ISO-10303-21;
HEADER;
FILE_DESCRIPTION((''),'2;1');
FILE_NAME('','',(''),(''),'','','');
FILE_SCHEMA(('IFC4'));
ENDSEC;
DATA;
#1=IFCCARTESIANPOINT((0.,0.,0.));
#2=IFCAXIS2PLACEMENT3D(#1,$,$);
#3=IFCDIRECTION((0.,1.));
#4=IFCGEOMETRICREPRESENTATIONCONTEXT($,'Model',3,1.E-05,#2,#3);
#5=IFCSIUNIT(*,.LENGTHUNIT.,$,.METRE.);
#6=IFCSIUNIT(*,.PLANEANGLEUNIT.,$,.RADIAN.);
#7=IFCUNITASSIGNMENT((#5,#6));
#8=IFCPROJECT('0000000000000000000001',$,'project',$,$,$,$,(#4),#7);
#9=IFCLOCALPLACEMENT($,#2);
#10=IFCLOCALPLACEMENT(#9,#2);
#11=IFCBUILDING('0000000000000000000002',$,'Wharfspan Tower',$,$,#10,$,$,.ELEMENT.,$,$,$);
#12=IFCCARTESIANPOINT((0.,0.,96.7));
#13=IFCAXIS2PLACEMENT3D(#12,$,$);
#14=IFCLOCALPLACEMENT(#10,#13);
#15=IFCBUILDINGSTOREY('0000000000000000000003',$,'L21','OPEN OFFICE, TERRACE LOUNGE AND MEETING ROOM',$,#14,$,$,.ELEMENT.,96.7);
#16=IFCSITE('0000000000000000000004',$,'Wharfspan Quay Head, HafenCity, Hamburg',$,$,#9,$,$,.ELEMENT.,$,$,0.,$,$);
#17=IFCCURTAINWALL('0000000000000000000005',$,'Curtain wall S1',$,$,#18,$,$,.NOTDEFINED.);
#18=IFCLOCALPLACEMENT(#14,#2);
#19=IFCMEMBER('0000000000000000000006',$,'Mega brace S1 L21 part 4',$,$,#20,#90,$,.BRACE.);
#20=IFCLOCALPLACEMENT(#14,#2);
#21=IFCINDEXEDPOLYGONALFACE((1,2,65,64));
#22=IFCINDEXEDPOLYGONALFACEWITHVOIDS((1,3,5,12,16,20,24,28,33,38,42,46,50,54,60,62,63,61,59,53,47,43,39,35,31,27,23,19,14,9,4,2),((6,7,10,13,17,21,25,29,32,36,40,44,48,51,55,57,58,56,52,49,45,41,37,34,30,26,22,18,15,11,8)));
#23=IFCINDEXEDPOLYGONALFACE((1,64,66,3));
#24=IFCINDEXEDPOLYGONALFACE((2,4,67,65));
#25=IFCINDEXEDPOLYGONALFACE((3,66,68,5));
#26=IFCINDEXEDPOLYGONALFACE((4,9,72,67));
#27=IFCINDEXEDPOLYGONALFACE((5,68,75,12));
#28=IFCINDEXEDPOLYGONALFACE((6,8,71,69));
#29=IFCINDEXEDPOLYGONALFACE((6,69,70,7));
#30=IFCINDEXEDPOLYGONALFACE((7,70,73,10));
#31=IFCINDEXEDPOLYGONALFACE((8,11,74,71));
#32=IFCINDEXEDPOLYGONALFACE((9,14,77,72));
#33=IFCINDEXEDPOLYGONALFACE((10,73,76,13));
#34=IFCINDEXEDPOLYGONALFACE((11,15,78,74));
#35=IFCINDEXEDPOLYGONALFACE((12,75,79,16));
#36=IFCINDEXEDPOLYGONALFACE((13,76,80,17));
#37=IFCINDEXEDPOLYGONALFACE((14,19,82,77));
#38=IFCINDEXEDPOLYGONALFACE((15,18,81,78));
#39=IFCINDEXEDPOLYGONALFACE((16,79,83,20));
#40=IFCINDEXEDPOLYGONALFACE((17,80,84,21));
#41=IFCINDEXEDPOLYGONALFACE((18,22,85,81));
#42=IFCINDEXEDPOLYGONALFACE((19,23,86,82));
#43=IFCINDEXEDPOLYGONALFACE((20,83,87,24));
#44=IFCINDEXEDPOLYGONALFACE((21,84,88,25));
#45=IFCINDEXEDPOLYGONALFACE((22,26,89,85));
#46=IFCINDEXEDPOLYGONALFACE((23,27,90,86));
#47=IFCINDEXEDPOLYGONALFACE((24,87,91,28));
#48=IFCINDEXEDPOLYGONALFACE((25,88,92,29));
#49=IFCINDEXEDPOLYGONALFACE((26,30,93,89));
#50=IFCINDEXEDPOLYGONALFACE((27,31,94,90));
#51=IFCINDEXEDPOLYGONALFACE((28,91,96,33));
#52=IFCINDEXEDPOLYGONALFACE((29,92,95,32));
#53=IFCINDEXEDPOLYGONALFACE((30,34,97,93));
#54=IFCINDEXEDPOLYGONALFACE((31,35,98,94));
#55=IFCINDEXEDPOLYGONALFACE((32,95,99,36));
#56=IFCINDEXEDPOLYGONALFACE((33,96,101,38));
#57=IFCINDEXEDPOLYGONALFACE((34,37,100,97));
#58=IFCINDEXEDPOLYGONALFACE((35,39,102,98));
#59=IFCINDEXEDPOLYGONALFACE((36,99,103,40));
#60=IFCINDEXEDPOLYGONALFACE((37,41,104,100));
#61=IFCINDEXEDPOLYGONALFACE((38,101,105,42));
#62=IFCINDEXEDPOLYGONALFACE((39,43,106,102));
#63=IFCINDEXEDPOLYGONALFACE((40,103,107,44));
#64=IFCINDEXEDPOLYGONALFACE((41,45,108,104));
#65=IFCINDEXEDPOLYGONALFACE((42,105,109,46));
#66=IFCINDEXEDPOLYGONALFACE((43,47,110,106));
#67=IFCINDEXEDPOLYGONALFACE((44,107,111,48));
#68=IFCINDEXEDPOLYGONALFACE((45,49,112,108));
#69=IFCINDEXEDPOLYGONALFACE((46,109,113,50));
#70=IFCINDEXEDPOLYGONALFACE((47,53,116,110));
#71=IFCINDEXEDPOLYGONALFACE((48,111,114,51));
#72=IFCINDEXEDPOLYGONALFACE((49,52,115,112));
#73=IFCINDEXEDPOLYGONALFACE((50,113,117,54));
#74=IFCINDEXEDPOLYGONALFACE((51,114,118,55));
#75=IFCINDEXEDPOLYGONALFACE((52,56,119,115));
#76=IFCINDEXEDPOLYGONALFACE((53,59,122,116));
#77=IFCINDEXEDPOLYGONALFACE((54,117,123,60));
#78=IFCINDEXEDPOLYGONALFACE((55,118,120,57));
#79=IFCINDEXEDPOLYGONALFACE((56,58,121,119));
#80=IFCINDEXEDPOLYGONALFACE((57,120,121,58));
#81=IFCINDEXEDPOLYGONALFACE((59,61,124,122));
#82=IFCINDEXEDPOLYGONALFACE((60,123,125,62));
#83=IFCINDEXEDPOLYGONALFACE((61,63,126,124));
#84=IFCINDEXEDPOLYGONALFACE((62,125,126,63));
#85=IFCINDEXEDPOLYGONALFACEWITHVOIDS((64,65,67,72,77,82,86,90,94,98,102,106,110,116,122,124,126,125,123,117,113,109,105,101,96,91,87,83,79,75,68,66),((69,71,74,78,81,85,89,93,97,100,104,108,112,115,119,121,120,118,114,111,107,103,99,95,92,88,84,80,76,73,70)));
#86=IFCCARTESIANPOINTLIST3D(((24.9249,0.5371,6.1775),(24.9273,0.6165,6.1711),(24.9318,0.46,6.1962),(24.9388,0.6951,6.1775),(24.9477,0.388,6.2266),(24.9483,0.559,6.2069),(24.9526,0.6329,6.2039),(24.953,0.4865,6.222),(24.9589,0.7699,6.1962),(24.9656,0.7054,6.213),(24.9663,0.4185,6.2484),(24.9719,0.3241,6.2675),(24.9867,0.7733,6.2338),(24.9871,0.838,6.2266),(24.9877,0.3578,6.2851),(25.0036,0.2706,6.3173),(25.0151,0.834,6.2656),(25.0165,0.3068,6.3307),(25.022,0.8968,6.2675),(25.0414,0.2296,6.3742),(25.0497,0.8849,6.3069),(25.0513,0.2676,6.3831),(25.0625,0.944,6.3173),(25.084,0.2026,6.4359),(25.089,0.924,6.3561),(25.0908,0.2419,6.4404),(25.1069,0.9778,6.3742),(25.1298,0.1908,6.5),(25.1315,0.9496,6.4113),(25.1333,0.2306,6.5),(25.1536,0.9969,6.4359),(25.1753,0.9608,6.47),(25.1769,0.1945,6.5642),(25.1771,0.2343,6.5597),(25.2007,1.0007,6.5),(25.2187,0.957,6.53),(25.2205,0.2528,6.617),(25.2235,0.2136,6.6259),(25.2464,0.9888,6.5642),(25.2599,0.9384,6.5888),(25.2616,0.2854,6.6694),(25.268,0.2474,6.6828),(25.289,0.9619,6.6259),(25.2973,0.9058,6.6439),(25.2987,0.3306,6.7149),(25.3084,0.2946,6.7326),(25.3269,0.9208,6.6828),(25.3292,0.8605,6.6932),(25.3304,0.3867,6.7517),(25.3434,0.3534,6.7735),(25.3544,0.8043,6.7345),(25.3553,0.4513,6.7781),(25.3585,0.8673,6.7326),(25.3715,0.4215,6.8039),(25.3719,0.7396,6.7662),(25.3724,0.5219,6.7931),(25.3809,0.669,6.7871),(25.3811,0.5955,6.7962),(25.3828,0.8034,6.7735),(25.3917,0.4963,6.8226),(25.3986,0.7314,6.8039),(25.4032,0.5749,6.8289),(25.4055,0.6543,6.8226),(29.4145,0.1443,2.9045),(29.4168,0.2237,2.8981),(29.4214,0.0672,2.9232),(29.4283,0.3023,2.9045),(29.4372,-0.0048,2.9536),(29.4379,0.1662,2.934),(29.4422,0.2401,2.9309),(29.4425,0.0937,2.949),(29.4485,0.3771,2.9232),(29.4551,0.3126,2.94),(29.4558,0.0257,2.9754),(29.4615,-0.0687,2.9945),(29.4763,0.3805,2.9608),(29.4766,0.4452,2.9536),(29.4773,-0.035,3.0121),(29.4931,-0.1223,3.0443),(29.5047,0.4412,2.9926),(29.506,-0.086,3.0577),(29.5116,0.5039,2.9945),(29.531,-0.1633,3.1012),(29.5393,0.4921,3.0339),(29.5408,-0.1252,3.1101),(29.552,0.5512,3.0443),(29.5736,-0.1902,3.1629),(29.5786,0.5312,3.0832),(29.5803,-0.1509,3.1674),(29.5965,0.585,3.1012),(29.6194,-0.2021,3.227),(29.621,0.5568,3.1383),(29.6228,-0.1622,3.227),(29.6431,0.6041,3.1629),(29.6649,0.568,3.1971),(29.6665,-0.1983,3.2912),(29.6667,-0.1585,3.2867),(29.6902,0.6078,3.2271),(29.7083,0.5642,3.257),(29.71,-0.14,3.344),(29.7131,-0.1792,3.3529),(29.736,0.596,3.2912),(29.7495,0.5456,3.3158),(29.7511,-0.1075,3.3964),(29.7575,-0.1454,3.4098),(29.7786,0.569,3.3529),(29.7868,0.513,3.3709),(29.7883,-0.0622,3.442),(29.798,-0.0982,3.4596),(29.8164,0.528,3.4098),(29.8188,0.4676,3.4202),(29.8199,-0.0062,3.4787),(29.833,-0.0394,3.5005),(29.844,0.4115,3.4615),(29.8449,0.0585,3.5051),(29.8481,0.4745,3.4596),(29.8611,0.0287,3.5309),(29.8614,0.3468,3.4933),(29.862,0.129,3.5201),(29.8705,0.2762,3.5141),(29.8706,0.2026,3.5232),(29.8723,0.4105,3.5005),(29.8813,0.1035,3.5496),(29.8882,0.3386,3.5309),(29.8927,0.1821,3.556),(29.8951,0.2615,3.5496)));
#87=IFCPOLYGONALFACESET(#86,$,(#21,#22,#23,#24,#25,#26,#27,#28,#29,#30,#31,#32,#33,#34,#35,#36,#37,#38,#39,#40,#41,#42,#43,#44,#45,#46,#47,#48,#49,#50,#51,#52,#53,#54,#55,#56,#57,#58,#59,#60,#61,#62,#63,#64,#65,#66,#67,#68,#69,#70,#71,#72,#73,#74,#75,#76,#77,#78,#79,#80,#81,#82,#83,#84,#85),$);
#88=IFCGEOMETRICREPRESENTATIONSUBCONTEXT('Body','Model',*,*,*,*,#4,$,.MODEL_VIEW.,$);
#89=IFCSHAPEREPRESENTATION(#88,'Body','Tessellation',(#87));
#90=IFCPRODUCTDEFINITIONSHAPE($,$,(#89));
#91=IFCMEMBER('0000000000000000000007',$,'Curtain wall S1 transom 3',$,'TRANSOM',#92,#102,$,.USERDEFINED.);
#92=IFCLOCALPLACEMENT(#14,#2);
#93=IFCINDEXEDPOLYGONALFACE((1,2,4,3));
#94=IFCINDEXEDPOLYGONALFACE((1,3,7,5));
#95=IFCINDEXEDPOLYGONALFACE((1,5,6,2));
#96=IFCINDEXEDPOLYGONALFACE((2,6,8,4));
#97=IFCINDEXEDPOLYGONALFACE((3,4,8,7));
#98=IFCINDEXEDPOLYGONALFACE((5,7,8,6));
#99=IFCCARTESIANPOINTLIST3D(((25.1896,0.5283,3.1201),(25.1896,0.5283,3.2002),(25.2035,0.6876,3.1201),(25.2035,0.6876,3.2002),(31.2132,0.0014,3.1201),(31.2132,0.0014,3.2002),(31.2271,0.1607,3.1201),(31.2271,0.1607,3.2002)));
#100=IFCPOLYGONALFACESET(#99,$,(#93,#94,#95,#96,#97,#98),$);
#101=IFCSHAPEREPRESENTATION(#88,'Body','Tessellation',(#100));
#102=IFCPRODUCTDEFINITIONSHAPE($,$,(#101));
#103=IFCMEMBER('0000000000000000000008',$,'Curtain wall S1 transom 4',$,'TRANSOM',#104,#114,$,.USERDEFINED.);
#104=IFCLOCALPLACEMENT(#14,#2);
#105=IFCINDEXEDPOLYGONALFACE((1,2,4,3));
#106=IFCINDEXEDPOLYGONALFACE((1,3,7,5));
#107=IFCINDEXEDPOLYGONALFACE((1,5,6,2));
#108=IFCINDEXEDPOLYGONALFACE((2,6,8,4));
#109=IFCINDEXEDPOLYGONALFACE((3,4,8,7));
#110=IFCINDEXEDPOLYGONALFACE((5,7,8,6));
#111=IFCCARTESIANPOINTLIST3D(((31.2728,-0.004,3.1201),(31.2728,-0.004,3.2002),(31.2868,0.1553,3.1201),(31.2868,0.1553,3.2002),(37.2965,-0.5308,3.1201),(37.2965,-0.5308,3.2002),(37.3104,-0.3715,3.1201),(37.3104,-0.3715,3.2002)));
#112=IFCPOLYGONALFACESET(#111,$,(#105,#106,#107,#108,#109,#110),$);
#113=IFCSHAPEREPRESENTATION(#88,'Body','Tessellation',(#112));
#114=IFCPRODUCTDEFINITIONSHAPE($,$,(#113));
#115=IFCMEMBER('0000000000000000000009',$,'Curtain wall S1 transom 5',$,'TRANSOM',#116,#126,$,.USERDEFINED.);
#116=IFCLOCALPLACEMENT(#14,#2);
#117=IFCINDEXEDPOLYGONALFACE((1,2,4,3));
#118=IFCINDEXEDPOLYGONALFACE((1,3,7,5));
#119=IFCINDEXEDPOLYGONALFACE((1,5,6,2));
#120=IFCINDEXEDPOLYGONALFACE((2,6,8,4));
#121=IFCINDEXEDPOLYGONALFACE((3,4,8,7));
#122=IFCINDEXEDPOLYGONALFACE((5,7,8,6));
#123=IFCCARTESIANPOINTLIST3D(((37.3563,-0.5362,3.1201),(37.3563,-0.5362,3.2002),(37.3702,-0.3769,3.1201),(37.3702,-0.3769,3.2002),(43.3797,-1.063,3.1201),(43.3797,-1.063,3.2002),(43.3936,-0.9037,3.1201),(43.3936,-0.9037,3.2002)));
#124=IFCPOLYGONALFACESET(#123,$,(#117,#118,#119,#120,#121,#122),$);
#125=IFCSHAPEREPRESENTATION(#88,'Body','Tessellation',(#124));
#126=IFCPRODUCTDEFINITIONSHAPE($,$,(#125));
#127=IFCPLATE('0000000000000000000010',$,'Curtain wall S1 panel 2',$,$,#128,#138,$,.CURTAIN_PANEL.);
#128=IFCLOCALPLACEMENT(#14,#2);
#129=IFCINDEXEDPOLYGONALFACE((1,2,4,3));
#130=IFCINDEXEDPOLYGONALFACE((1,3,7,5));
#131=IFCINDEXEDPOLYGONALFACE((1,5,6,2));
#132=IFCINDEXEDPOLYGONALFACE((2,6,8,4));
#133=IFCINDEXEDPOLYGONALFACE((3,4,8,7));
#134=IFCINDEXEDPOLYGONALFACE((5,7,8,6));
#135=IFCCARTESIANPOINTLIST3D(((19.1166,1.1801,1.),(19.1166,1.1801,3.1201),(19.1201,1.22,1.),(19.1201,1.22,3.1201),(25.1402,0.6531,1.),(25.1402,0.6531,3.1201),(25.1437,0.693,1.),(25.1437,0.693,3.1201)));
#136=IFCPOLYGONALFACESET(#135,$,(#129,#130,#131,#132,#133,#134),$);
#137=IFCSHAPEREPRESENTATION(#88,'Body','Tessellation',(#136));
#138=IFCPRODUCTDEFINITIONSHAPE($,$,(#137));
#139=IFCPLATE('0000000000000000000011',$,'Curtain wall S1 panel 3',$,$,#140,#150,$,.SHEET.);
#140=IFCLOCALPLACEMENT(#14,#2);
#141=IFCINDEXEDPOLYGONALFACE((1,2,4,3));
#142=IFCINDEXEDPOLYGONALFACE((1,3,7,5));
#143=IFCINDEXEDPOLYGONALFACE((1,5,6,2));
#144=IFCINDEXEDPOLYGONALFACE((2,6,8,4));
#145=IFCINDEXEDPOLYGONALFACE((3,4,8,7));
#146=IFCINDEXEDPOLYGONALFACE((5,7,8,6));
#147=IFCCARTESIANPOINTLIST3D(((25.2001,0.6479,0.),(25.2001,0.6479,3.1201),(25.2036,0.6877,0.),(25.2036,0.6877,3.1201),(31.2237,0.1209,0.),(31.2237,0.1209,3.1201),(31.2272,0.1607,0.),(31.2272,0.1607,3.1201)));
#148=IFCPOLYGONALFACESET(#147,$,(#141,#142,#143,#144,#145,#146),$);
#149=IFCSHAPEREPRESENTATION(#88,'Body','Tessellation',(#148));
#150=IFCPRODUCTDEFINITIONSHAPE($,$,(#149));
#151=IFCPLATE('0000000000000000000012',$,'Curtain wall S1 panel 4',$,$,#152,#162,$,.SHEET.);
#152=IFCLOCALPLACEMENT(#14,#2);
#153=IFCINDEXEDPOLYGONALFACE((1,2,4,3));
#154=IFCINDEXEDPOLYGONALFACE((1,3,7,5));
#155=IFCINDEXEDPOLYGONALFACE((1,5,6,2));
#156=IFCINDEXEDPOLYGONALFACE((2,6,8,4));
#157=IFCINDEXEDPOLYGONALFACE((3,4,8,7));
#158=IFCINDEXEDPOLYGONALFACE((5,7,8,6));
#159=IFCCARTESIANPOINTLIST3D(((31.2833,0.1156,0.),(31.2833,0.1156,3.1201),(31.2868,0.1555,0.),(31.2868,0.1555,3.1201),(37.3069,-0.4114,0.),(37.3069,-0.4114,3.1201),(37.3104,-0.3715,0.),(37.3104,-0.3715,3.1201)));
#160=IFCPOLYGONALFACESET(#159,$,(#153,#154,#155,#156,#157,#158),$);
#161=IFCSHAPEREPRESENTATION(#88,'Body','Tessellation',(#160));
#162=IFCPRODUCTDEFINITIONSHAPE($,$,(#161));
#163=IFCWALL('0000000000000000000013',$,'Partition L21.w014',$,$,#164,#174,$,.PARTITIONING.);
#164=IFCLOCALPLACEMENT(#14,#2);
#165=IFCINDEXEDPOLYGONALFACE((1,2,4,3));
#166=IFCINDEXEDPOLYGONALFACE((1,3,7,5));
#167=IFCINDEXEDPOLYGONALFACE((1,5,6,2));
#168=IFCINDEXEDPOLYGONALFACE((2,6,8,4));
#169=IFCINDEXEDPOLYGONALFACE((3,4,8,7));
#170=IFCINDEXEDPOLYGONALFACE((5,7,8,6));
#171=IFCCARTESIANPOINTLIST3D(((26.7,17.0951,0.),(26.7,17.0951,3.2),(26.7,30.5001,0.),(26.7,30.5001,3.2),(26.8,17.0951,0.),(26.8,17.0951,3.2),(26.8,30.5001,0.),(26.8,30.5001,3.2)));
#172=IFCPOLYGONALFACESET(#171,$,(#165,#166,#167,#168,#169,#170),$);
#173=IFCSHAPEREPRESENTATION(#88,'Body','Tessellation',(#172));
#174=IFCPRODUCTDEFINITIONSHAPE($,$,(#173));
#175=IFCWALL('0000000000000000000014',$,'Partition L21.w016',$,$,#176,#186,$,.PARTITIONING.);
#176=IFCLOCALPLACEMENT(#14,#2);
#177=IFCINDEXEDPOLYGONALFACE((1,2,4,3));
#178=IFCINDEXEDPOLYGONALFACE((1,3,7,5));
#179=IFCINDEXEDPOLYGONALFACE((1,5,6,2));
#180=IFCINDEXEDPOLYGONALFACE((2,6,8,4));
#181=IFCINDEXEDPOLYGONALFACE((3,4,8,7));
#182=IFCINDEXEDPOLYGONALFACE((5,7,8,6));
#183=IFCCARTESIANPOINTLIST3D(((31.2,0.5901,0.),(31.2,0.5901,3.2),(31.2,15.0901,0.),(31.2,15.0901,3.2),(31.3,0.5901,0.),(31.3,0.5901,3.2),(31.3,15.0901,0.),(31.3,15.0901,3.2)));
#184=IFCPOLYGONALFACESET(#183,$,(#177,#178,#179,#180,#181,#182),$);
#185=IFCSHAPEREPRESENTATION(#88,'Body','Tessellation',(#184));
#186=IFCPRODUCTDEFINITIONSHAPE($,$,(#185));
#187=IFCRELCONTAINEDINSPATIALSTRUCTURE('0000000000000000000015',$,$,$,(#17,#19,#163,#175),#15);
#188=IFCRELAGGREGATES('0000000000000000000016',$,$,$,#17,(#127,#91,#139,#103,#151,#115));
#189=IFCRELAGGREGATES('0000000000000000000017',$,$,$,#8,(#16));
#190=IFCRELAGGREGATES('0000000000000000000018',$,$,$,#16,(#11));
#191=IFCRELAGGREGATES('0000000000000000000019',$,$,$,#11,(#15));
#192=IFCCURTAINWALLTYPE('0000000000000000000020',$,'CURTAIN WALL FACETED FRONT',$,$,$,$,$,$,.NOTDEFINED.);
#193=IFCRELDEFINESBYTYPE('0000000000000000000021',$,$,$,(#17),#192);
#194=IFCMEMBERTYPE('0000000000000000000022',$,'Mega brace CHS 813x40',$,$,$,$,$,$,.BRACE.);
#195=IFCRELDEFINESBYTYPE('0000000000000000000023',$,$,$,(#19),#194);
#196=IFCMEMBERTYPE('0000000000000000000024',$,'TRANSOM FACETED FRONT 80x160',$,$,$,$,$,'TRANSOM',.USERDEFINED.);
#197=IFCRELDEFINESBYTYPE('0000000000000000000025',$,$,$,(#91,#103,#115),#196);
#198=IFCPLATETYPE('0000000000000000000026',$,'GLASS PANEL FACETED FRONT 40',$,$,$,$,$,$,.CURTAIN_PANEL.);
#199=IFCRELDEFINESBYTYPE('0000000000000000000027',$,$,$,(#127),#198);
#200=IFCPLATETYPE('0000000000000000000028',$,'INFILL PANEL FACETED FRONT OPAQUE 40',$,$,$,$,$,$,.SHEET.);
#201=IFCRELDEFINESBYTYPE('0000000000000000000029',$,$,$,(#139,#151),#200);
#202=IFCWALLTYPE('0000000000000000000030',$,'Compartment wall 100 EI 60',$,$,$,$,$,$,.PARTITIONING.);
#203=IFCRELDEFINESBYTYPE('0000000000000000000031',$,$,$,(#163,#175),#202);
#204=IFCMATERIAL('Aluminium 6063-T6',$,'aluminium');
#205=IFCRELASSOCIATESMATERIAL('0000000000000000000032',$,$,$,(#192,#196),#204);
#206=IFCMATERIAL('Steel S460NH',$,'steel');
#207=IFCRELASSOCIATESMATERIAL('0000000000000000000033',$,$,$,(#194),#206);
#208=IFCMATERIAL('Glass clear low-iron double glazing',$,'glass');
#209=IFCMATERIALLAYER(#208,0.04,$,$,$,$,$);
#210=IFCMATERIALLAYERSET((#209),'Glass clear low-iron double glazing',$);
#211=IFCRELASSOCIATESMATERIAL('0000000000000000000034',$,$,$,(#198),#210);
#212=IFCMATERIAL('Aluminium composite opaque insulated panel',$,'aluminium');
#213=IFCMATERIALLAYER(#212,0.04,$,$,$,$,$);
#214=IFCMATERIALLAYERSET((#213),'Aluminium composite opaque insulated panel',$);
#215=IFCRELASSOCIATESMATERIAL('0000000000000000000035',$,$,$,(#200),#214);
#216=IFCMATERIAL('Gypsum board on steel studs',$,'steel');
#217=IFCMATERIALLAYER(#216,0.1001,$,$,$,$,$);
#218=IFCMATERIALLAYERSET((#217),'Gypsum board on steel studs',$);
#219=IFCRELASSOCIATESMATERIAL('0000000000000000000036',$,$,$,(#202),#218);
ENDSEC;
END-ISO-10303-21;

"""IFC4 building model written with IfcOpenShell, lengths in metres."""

from ifc_helpers import new_model, si_unit, direction, frame, frame_2d, origin, origin_2d, place, context, subcontext, project, spatial, rectangle, hollow_circle, extrude, material, layer, layer_set, material_profile, profile_set, type_object, element, aggregate, save


model = new_model("IFC4")

# Units and contexts
model_context = context("Model", 3, precision=1e-05, world=origin(), true_north=direction((0.0, 1.0)))
body_context = subcontext(model_context, "Body", "Model", "MODEL_VIEW")
ifc_project = project(units=[si_unit("LENGTHUNIT", "METRE"), si_unit("PLANEANGLEUNIT", "RADIAN")], contexts=[model_context])

# Site, building, storey
site_placement = place(None, origin())
site = spatial("IfcSite", under=ifc_project, at=site_placement, Name="Wharfspan Quay Head, HafenCity, Hamburg", CompositionType="ELEMENT", RefElevation=0.0)
building_placement = place(site_placement, origin())
building = spatial("IfcBuilding", under=site, at=building_placement, Name="Wharfspan Tower", CompositionType="ELEMENT")
storey_placement = place(building_placement, frame((0.0, 0.0, 96.7)))
storey = spatial("IfcBuildingStorey", under=building, at=storey_placement, Name="L21", Description="OPEN OFFICE, TERRACE LOUNGE AND MEETING ROOM", CompositionType="ELEMENT", Elevation=96.7)

# Shared definitions
ifc_material_1 = material(Name="Steel S460NH", Category="steel")

# Curtain wall
ifc_material_2 = material(Name="Aluminium 6063-T6", Category="aluminium")
curtain_wall_type = type_object("IfcCurtainWallType", Name="CURTAIN WALL FACETED FRONT", PredefinedType="NOTDEFINED", material=ifc_material_2)
curtain_wall_placement = place(storey_placement, origin())
curtain_wall = element("IfcCurtainWall", 1, at=curtain_wall_placement, inside=storey, type_object=curtain_wall_type, Name="Curtain wall S1", PredefinedType="NOTDEFINED")

# Member
ifc_material_profile_1 = material_profile(ifc_material_1, hollow_circle(Radius=0.4065, WallThickness=0.04, at=origin_2d()))
ifc_profile_set_1 = profile_set([ifc_material_profile_1], Name="Steel S460NH")
member_type_1 = type_object("IfcMemberType", Name="Mega brace CHS 813x40", PredefinedType="BRACE", material=ifc_profile_set_1)
member_1_placement = place(storey_placement, frame((29.6548, 0.2029, 3.2271), z_axis=(-0.806051, 0.070528, 0.587629), x_axis=(-0.087168, -0.996193, -0.000004)))
element("IfcMember", 2, at=member_1_placement, inside=storey, type_object=member_type_1, Name="Mega brace S1 L21 part 4", PredefinedType="BRACE", context=body_context, shape_type="SweptSolid", body=[
    extrude(hollow_circle(Radius=0.4065, WallThickness=0.04, at=origin_2d()), origin(), (0.0, 0.0, 1.0), 5.5698),
])

# Members
ifc_material_profile_2 = material_profile(ifc_material_2, rectangle(XDim=0.1599, YDim=0.0801, at=origin_2d()))
ifc_profile_set_2 = profile_set([ifc_material_profile_2], Name="Aluminium 6063-T6")
member_type_2 = type_object("IfcMemberType", Name="TRANSOM FACETED FRONT 80x160", ElementType="TRANSOM", PredefinedType="USERDEFINED", material=ifc_profile_set_2)
member_2_placement = place(storey_placement, frame((25.1965, 0.6079, 3.1602), z_axis=(0.996197, -0.087131, 0.0), x_axis=(0.087131, 0.996197, 0.0)))
member_2 = element("IfcMember", 3, at=member_2_placement, type_object=member_type_2, Name="Curtain wall S1 transom 3", ObjectType="TRANSOM", PredefinedType="USERDEFINED", context=body_context, shape_type="SweptSolid", body=[
    extrude(rectangle(XDim=0.1599, YDim=0.0801, at=origin_2d()), origin(), (0.0, 0.0, 1.0), 6.0466),
])
member_3_placement = place(storey_placement, frame((31.2798, 0.0757, 3.1602), z_axis=(0.996197, -0.087131, 0.0), x_axis=(0.087131, 0.996197, 0.0)))
member_3 = element("IfcMember", 4, at=member_3_placement, type_object=member_type_2, Name="Curtain wall S1 transom 4", ObjectType="TRANSOM", PredefinedType="USERDEFINED", context=body_context, shape_type="SweptSolid", body=[
    extrude(rectangle(XDim=0.1599, YDim=0.0801, at=origin_2d()), origin(), (0.0, 0.0, 1.0), 6.0466),
])
member_4_placement = place(storey_placement, frame((37.3633, -0.4565, 3.1602), z_axis=(0.996197, -0.087135, 0.0), x_axis=(0.087135, 0.996197, 0.0)))
member_4 = element("IfcMember", 5, at=member_4_placement, type_object=member_type_2, Name="Curtain wall S1 transom 5", ObjectType="TRANSOM", PredefinedType="USERDEFINED", context=body_context, shape_type="SweptSolid", body=[
    extrude(rectangle(XDim=0.1599, YDim=0.0801, at=origin_2d()), origin(), (0.0, 0.0, 1.0), 6.0464),
])

# Plates
ifc_material_3 = material(Name="Glass clear low-iron double glazing", Category="glass")
ifc_layer_1 = layer(ifc_material_3, 0.04)
ifc_layer_set_1 = layer_set([ifc_layer_1], Name="Glass clear low-iron double glazing")
plate_type_1 = type_object("IfcPlateType", Name="GLASS PANEL FACETED FRONT 40", PredefinedType="CURTAIN_PANEL", material=ifc_layer_set_1)
plate_1_placement = place(storey_placement, frame((22.1301, 0.9365, 1.0), z_axis=(0.0, 0.0, 1.0), x_axis=(0.996198, -0.087156, 0.0)))
plate_1 = element("IfcPlate", 6, at=plate_1_placement, type_object=plate_type_1, Name="Curtain wall S1 panel 2", PredefinedType="CURTAIN_PANEL", context=body_context, shape_type="SweptSolid", body=[
    extrude(rectangle(XDim=6.0466, YDim=0.04, at=origin_2d()), origin(), (0.0, 0.0, 1.0), 2.1201),
])
ifc_material_4 = material(Name="Aluminium composite opaque insulated panel", Category="aluminium")
ifc_layer_2 = layer(ifc_material_4, 0.04)
ifc_layer_set_2 = layer_set([ifc_layer_2], Name="Aluminium composite opaque insulated panel")
plate_type_2 = type_object("IfcPlateType", Name="INFILL PANEL FACETED FRONT OPAQUE 40", PredefinedType="SHEET", material=ifc_layer_set_2)
plate_2_placement = place(storey_placement, frame((28.2136, 0.4043, 0.0), z_axis=(0.0, 0.0, 1.0), x_axis=(0.996198, -0.087156, 0.0)))
plate_2 = element("IfcPlate", 7, at=plate_2_placement, type_object=plate_type_2, Name="Curtain wall S1 panel 3", PredefinedType="SHEET", context=body_context, shape_type="SweptSolid", body=[
    extrude(rectangle(XDim=6.0466, YDim=0.04, at=origin_2d()), origin(), (0.0, 0.0, 1.0), 3.1201),
])
plate_3_placement = place(storey_placement, frame((34.2969, -0.1279, 0.0), z_axis=(0.0, 0.0, 1.0), x_axis=(0.996198, -0.087156, 0.0)))
plate_3 = element("IfcPlate", 8, at=plate_3_placement, type_object=plate_type_2, Name="Curtain wall S1 panel 4", PredefinedType="SHEET", context=body_context, shape_type="SweptSolid", body=[
    extrude(rectangle(XDim=6.0466, YDim=0.04, at=origin_2d()), origin(), (0.0, 0.0, 1.0), 3.1201),
])
aggregate(curtain_wall, [plate_1, member_2, plate_2, member_3, plate_3, member_4])

# Walls
ifc_material_5 = material(Name="Gypsum board on steel studs", Category="steel")
ifc_layer_3 = layer(ifc_material_5, 0.1001)
ifc_layer_set_3 = layer_set([ifc_layer_3], Name="Gypsum board on steel studs")
wall_type_1 = type_object("IfcWallType", Name="Compartment wall 100 EI 60", PredefinedType="PARTITIONING", material=ifc_layer_set_3)
wall_1_placement = place(storey_placement, frame((26.75, 17.095, 0.0), z_axis=(0.0, 0.0, 1.0), x_axis=(0.0, 1.0, 0.0)))
element("IfcWall", 9, at=wall_1_placement, inside=storey, type_object=wall_type_1, Name="Partition L21.w014", PredefinedType="PARTITIONING", context=body_context, shape_type="SweptSolid", body=[
    extrude(rectangle(XDim=13.405, YDim=0.1001, at=frame_2d((6.7026, 0.0))), origin(), (0.0, 0.0, 1.0), 3.2),
])
wall_2_placement = place(storey_placement, frame((31.25, 0.5901, 0.0), z_axis=(0.0, 0.0, 1.0), x_axis=(0.0, 1.0, 0.0)))
element("IfcWall", 10, at=wall_2_placement, inside=storey, type_object=wall_type_1, Name="Partition L21.w016", PredefinedType="PARTITIONING", context=body_context, shape_type="SweptSolid", body=[
    extrude(rectangle(XDim=14.5, YDim=0.1001, at=frame_2d((7.25, 0.0))), origin(), (0.0, 0.0, 1.0), 3.2),
])

save(model, "model.ifc")
